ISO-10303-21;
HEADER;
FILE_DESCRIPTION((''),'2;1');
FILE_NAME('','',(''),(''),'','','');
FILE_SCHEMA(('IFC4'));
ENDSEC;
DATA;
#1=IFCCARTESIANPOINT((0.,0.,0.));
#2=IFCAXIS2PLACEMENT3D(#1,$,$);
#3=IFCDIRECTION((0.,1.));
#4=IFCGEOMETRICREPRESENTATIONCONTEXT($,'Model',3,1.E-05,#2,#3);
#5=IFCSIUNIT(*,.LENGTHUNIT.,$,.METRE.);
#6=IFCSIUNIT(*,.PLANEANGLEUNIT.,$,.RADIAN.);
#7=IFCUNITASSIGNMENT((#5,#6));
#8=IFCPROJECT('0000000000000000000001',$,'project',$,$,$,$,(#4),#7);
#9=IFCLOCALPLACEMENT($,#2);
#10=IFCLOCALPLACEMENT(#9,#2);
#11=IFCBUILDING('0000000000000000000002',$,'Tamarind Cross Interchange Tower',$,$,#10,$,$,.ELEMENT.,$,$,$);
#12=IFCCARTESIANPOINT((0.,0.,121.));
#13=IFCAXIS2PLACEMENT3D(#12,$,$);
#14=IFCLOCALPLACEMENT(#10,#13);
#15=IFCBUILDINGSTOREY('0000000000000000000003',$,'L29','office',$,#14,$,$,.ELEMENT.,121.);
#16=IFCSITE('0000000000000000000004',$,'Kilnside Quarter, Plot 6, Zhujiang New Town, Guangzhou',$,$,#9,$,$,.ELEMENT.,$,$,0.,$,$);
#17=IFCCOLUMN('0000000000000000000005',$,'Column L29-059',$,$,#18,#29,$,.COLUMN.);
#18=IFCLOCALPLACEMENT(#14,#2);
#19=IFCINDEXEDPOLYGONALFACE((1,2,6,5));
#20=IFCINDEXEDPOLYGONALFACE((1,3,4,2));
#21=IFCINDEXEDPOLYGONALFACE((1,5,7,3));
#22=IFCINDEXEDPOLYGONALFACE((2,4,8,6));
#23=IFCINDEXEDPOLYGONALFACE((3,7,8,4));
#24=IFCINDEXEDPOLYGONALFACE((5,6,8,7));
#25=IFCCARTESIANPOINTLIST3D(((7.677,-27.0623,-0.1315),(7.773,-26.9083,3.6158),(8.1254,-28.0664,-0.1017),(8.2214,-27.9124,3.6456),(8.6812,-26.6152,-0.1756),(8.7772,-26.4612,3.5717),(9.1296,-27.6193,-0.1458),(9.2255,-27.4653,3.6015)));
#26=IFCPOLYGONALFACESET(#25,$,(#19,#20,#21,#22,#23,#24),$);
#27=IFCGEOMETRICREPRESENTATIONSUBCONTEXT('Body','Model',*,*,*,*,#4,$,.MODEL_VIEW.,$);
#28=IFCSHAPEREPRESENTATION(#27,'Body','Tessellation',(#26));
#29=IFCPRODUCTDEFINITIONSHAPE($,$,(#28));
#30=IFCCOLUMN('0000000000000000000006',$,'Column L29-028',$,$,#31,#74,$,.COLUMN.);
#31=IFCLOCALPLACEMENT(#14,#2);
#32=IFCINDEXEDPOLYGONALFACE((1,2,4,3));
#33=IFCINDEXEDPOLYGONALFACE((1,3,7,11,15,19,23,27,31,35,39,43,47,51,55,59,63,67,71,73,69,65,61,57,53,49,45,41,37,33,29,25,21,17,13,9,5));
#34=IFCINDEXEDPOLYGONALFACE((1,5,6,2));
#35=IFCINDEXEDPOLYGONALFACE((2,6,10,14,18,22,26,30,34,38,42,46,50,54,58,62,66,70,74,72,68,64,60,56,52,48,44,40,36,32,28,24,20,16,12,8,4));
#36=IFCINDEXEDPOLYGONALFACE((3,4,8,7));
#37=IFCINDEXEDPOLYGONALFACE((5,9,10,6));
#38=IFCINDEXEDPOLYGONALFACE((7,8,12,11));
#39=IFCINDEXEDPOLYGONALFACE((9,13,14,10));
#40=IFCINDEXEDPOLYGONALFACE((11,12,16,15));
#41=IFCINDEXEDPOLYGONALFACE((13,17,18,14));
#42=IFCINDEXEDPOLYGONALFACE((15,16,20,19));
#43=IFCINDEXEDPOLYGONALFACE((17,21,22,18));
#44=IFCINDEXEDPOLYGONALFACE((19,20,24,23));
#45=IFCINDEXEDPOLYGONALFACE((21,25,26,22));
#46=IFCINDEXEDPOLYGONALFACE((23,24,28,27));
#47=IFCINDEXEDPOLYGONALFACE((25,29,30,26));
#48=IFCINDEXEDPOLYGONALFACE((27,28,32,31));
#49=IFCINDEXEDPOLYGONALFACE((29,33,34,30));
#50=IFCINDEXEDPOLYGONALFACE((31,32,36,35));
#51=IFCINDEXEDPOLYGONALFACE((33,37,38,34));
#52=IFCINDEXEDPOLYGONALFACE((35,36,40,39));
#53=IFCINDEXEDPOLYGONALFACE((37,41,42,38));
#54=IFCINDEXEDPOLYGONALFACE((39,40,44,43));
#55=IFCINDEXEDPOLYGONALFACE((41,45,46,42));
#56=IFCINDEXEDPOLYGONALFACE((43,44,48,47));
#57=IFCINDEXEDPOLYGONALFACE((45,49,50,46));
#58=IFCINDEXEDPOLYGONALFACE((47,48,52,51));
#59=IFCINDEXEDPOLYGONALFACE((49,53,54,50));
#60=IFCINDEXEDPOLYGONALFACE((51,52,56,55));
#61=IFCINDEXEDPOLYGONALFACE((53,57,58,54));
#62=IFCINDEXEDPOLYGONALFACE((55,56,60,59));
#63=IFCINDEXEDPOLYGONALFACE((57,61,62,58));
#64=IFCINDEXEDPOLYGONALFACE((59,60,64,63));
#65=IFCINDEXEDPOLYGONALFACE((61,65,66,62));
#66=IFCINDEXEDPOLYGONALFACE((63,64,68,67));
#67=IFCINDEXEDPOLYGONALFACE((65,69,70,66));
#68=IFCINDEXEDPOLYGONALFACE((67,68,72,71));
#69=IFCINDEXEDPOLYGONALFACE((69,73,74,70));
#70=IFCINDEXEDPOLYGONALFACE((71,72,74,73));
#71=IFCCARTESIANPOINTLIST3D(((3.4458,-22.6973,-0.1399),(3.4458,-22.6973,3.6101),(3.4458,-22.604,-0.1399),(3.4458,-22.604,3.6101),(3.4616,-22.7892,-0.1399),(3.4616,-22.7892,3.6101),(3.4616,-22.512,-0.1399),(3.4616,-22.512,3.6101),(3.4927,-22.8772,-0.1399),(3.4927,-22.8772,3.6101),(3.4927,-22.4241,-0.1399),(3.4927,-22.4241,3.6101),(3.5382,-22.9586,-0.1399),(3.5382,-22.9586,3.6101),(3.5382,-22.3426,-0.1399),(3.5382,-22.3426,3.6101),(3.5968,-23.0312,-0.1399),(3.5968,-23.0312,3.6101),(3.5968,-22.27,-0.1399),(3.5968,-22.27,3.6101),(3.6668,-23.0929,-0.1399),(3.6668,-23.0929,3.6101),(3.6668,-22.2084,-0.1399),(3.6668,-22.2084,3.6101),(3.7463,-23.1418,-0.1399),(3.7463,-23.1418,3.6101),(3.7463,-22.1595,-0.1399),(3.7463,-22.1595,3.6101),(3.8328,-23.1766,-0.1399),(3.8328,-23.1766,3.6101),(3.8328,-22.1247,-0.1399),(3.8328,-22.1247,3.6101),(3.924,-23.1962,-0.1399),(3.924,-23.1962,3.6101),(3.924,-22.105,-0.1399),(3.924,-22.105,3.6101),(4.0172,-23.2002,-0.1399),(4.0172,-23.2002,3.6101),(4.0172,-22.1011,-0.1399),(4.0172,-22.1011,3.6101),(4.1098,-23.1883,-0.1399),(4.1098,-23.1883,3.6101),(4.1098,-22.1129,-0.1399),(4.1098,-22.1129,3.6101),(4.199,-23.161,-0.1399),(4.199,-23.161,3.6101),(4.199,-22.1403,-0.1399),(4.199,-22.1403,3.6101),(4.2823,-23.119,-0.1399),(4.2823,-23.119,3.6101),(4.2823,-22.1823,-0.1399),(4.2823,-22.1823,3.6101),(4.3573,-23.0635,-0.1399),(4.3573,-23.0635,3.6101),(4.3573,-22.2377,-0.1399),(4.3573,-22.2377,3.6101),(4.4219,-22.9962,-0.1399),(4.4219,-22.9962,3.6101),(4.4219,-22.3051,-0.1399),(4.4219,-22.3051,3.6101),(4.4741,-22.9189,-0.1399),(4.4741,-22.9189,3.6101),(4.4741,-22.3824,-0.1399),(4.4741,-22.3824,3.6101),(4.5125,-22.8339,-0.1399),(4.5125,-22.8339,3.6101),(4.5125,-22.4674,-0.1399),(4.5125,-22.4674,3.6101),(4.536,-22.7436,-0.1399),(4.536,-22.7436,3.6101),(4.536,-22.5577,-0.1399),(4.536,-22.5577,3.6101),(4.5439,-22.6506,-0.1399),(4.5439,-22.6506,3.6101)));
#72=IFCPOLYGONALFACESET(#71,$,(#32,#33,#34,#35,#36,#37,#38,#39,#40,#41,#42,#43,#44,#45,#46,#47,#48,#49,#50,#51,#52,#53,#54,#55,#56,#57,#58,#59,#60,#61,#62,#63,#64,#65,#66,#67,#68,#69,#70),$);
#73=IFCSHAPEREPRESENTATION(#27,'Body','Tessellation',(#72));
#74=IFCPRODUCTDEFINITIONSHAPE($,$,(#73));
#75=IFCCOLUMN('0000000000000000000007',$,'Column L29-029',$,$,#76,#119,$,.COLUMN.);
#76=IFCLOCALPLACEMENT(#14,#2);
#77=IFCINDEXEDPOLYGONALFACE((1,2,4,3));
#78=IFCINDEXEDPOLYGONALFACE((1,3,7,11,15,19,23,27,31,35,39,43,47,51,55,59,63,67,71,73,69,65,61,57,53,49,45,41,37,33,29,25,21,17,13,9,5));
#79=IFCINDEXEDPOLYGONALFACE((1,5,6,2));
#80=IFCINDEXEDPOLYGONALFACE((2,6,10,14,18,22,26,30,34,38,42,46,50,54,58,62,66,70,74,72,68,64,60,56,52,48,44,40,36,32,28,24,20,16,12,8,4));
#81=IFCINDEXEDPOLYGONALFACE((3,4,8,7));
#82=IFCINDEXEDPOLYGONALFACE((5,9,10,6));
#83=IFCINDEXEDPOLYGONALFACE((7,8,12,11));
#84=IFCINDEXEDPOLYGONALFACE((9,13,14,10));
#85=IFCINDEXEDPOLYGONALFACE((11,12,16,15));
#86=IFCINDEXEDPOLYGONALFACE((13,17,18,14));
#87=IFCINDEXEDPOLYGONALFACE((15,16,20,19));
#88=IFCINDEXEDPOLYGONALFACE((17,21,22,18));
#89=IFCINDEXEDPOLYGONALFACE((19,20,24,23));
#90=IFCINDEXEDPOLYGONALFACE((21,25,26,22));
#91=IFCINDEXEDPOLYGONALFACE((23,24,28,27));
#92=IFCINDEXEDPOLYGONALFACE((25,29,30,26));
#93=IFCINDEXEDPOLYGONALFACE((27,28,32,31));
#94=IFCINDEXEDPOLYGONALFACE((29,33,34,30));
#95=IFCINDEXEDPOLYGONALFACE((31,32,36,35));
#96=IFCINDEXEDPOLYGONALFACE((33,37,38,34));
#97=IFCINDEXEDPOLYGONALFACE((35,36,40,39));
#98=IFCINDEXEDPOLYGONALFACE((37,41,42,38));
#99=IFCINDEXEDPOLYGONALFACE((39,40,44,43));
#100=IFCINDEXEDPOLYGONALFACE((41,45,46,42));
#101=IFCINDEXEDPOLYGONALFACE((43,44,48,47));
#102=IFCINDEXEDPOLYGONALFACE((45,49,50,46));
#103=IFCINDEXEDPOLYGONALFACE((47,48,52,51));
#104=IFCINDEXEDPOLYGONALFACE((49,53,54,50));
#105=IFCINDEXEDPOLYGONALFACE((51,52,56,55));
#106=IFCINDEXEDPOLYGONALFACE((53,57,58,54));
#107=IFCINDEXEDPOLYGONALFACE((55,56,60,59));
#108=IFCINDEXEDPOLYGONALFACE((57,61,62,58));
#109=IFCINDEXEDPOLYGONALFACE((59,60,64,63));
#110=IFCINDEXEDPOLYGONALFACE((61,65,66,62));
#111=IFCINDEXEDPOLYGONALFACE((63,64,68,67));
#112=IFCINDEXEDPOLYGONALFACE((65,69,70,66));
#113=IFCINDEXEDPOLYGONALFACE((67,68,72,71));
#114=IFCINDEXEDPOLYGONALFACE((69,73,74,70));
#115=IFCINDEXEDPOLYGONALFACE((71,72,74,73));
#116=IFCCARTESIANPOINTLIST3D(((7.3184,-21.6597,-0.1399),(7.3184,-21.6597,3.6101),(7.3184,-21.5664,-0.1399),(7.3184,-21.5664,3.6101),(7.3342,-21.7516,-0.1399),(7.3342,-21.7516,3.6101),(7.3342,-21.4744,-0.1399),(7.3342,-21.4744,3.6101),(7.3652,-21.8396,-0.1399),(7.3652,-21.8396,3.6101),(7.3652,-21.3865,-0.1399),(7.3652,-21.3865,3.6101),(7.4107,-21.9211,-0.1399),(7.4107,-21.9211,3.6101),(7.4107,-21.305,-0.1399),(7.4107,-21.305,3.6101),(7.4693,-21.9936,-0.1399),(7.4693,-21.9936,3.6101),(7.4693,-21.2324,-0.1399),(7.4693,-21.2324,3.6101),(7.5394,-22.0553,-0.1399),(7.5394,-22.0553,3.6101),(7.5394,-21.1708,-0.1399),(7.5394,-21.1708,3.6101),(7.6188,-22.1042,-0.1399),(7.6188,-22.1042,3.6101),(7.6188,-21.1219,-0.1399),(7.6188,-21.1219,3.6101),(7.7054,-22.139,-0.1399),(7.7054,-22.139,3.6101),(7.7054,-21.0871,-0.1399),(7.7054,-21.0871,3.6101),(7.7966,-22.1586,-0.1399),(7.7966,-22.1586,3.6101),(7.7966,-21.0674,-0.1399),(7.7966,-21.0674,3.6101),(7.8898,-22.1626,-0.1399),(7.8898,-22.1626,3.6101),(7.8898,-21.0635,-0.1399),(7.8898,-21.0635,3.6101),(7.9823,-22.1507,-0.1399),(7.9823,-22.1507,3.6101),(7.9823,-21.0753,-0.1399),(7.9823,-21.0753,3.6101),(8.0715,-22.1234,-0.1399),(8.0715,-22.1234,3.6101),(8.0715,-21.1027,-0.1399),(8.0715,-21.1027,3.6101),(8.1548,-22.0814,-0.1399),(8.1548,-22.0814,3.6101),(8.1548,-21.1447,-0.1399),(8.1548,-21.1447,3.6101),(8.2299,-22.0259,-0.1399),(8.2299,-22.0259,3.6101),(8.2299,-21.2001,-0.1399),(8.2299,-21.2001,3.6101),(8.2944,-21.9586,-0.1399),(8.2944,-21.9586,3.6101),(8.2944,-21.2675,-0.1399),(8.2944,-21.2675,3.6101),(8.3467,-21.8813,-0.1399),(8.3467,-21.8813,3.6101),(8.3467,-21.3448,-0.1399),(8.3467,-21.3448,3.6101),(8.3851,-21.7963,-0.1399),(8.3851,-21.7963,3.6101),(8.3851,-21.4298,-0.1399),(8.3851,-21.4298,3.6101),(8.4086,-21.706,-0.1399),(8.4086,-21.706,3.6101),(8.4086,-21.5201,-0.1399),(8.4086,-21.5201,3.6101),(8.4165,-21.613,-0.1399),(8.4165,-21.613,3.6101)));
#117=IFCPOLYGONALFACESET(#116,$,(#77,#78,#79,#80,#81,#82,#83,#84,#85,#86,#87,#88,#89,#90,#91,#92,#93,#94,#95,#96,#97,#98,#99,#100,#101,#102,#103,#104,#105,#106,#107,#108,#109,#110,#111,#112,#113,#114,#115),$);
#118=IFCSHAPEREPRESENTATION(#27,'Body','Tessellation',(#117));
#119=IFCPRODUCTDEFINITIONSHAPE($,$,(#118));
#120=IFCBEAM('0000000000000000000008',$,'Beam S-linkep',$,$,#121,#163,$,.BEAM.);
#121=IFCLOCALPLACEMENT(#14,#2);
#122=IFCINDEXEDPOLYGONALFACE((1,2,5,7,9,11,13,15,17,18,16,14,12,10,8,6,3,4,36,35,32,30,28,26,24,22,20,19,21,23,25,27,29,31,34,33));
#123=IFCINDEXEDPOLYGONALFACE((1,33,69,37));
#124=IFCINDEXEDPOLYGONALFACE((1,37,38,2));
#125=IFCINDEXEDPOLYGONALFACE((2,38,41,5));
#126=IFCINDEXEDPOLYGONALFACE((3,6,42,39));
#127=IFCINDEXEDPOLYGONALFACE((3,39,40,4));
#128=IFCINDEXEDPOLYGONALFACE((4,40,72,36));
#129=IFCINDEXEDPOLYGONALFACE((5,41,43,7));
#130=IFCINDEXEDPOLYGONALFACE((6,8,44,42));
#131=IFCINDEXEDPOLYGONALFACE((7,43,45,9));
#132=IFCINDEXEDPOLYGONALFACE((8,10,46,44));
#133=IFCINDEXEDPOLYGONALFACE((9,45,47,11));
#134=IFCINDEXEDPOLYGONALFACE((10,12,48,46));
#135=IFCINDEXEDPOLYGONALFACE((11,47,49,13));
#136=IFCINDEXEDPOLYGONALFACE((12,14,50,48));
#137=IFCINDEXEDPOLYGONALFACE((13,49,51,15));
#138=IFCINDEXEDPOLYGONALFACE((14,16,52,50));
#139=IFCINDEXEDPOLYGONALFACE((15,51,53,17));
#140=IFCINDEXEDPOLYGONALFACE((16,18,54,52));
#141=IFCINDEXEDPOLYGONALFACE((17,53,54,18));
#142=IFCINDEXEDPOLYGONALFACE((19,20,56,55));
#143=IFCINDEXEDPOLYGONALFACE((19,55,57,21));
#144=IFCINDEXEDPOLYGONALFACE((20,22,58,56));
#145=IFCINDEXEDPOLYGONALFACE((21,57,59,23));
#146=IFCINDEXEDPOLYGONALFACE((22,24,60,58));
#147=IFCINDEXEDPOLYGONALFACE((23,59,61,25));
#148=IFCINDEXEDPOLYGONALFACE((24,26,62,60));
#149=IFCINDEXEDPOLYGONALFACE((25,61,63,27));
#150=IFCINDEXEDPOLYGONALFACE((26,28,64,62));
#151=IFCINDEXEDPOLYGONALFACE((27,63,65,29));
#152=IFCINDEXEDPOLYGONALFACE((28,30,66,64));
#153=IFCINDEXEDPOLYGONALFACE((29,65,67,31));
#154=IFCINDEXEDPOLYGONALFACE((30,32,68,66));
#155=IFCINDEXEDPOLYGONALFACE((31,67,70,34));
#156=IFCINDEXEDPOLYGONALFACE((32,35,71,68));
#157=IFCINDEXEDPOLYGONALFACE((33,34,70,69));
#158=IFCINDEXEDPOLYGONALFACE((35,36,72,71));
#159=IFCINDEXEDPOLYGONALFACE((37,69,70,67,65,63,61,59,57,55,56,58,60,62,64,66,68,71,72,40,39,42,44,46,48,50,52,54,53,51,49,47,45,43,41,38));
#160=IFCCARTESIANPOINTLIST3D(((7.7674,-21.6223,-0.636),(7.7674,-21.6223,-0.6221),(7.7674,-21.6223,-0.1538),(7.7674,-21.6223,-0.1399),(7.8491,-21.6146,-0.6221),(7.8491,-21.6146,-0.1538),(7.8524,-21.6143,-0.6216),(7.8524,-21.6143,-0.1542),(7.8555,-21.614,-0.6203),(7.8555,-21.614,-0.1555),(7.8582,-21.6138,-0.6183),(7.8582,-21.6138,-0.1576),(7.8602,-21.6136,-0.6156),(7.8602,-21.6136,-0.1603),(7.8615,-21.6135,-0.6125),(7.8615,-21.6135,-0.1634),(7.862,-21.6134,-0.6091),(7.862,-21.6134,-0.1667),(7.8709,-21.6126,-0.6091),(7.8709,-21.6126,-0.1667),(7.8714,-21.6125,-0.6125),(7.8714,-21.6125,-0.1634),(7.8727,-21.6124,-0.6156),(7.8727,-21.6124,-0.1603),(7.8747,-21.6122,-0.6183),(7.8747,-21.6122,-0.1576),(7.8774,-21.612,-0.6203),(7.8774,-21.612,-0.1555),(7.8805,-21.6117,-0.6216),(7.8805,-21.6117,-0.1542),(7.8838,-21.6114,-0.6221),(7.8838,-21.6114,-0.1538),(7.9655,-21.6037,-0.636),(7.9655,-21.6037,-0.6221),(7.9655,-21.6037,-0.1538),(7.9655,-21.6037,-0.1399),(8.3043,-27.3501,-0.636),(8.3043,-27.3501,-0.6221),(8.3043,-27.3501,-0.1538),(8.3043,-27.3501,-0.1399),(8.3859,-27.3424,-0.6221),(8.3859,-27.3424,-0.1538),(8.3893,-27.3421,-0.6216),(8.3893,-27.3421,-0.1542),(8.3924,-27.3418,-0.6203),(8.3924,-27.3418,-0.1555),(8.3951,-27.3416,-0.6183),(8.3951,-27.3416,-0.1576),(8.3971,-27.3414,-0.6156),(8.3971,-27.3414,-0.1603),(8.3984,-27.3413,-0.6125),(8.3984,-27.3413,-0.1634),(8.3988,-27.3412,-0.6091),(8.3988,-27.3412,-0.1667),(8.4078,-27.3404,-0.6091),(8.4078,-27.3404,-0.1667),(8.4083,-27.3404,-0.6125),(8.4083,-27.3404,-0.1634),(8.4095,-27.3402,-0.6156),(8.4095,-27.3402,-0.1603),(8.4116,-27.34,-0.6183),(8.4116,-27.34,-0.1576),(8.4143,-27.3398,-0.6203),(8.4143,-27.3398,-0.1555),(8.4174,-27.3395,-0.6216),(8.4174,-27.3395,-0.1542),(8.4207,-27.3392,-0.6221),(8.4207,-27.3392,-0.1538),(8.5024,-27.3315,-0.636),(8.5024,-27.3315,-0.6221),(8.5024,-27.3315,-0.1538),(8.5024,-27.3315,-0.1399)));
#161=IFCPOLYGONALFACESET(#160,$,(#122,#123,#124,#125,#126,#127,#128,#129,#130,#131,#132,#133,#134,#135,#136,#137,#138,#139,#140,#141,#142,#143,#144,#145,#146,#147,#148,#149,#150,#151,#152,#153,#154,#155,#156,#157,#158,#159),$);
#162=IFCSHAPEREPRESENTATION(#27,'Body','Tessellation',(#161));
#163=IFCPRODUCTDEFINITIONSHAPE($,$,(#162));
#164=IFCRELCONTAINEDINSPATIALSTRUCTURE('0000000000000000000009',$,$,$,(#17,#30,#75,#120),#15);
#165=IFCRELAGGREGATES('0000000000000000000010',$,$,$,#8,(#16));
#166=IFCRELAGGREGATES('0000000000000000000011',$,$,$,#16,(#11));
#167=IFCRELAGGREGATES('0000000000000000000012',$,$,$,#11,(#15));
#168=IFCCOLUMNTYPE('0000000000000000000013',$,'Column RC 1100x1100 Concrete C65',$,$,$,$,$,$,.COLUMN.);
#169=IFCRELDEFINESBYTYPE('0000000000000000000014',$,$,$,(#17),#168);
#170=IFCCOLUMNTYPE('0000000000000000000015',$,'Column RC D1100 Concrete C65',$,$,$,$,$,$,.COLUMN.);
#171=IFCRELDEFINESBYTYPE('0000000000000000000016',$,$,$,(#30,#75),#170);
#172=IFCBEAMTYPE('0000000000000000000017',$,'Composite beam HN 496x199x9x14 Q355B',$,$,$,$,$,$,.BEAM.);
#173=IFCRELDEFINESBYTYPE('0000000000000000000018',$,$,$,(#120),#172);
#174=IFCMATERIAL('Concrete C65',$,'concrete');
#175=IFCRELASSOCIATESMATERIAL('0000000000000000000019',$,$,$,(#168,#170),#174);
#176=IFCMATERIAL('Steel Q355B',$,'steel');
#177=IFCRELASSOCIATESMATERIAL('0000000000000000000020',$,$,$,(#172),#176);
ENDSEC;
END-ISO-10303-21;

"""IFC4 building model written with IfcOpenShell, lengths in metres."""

from ifc_helpers import new_model, si_unit, direction, frame, origin, origin_2d, place, context, subcontext, project, spatial, rectangle, circle, i_section, extrude, material, material_profile, profile_set, type_object, element, save


model = new_model("IFC4")

# Units and contexts
model_context = context("Model", 3, precision=1e-05, world=origin(), true_north=direction((0.0, 1.0)))
body_context = subcontext(model_context, "Body", "Model", "MODEL_VIEW")
ifc_project = project(units=[si_unit("LENGTHUNIT", "METRE"), si_unit("PLANEANGLEUNIT", "RADIAN")], contexts=[model_context])

# Site, building, storey
site_placement = place(None, origin())
site = spatial("IfcSite", under=ifc_project, at=site_placement, Name="Kilnside Quarter, Plot 6, Zhujiang New Town, Guangzhou", CompositionType="ELEMENT", RefElevation=0.0)
building_placement = place(site_placement, origin())
building = spatial("IfcBuilding", under=site, at=building_placement, Name="Tamarind Cross Interchange Tower", CompositionType="ELEMENT")
storey_placement = place(building_placement, frame((0.0, 0.0, 121.0)))
storey = spatial("IfcBuildingStorey", under=building, at=storey_placement, Name="L29", Description="office", CompositionType="ELEMENT", Elevation=121.0)

# Columns
ifc_material_1 = material(Name="Concrete C65", Category="concrete")
ifc_material_profile_1 = material_profile(ifc_material_1, rectangle(XDim=1.1001, YDim=1.1001, at=origin_2d()), Name="RC 1100x1100")
ifc_profile_set_1 = profile_set([ifc_material_profile_1], Name="Concrete C65")
column_type_1 = type_object("IfcColumnType", Name="Column RC 1100x1100 Concrete C65", PredefinedType="COLUMN", material=ifc_profile_set_1)
column_placement = place(storey_placement, frame((8.4033, -27.3408, -0.1387), z_axis=(0.025574, 0.041062, 0.998829), x_axis=(-0.912808, -0.406417, 0.04008)))
element("IfcColumn", 1, at=column_placement, inside=storey, type_object=column_type_1, Name="Column L29-059", PredefinedType="COLUMN", context=body_context, shape_type="SweptSolid", body=[
    extrude(rectangle(XDim=1.1001, YDim=1.1001, at=origin_2d()), origin(), (0.0, 0.0, 1.0), 3.7517),
])
ifc_material_profile_2 = material_profile(ifc_material_1, circle(Radius=0.55, at=origin_2d()), Name="RC D1100")
ifc_profile_set_2 = profile_set([ifc_material_profile_2], Name="Concrete C65")
column_type_2 = type_object("IfcColumnType", Name="Column RC D1100 Concrete C65", PredefinedType="COLUMN", material=ifc_profile_set_2)
for number, where, z_axis, x_axis, name in (
    (2, (3.9939, -22.6506, -0.1399), (0.0, 0.0, 1.0), (1.0, 0.0, 0.0), "Column L29-028"),
    (3, (7.8665, -21.613, -0.1399), (0.0, 0.0, 1.0), (1.0, 0.0, 0.0), "Column L29-029"),
):
    element("IfcColumn", number, at=place(storey_placement, frame(where, z_axis=z_axis, x_axis=x_axis)), inside=storey, type_object=column_type_2, Name=name, PredefinedType="COLUMN", context=body_context, shape_type="SweptSolid", body=[
        extrude(circle(Radius=0.55, at=origin_2d()), origin(), (0.0, 0.0, 1.0), 3.75),
    ])

# Beam
ifc_material_2 = material(Name="Steel Q355B", Category="steel")
ifc_material_profile_3 = material_profile(ifc_material_2, i_section(OverallWidth=0.199, OverallDepth=0.4961, WebThickness=0.009, FlangeThickness=0.0139, FilletRadius=0.0129, at=origin_2d()), Name="HN 496x199x9x14")
ifc_profile_set_3 = profile_set([ifc_material_profile_3], Name="Steel Q355B")
beam_type_1 = type_object("IfcBeamType", Name="Composite beam HN 496x199x9x14 Q355B", PredefinedType="BEAM", material=ifc_profile_set_3)
beam_1_placement = place(storey_placement, frame((8.4033, -27.3408, -0.3879), z_axis=(-0.093321, 0.995636, 0.0), x_axis=(-0.995636, -0.093321, 0.0)))
element("IfcBeam", 4, at=beam_1_placement, inside=storey, type_object=beam_type_1, Name="Beam S-linkep", PredefinedType="BEAM", context=body_context, shape_type="SweptSolid", body=[
    extrude(i_section(OverallWidth=0.199, OverallDepth=0.4961, WebThickness=0.009, FlangeThickness=0.0139, FilletRadius=0.0129, at=origin_2d()), origin(), (0.0, 0.0, 1.0), 5.7529),
])

save(model, "model.ifc")
